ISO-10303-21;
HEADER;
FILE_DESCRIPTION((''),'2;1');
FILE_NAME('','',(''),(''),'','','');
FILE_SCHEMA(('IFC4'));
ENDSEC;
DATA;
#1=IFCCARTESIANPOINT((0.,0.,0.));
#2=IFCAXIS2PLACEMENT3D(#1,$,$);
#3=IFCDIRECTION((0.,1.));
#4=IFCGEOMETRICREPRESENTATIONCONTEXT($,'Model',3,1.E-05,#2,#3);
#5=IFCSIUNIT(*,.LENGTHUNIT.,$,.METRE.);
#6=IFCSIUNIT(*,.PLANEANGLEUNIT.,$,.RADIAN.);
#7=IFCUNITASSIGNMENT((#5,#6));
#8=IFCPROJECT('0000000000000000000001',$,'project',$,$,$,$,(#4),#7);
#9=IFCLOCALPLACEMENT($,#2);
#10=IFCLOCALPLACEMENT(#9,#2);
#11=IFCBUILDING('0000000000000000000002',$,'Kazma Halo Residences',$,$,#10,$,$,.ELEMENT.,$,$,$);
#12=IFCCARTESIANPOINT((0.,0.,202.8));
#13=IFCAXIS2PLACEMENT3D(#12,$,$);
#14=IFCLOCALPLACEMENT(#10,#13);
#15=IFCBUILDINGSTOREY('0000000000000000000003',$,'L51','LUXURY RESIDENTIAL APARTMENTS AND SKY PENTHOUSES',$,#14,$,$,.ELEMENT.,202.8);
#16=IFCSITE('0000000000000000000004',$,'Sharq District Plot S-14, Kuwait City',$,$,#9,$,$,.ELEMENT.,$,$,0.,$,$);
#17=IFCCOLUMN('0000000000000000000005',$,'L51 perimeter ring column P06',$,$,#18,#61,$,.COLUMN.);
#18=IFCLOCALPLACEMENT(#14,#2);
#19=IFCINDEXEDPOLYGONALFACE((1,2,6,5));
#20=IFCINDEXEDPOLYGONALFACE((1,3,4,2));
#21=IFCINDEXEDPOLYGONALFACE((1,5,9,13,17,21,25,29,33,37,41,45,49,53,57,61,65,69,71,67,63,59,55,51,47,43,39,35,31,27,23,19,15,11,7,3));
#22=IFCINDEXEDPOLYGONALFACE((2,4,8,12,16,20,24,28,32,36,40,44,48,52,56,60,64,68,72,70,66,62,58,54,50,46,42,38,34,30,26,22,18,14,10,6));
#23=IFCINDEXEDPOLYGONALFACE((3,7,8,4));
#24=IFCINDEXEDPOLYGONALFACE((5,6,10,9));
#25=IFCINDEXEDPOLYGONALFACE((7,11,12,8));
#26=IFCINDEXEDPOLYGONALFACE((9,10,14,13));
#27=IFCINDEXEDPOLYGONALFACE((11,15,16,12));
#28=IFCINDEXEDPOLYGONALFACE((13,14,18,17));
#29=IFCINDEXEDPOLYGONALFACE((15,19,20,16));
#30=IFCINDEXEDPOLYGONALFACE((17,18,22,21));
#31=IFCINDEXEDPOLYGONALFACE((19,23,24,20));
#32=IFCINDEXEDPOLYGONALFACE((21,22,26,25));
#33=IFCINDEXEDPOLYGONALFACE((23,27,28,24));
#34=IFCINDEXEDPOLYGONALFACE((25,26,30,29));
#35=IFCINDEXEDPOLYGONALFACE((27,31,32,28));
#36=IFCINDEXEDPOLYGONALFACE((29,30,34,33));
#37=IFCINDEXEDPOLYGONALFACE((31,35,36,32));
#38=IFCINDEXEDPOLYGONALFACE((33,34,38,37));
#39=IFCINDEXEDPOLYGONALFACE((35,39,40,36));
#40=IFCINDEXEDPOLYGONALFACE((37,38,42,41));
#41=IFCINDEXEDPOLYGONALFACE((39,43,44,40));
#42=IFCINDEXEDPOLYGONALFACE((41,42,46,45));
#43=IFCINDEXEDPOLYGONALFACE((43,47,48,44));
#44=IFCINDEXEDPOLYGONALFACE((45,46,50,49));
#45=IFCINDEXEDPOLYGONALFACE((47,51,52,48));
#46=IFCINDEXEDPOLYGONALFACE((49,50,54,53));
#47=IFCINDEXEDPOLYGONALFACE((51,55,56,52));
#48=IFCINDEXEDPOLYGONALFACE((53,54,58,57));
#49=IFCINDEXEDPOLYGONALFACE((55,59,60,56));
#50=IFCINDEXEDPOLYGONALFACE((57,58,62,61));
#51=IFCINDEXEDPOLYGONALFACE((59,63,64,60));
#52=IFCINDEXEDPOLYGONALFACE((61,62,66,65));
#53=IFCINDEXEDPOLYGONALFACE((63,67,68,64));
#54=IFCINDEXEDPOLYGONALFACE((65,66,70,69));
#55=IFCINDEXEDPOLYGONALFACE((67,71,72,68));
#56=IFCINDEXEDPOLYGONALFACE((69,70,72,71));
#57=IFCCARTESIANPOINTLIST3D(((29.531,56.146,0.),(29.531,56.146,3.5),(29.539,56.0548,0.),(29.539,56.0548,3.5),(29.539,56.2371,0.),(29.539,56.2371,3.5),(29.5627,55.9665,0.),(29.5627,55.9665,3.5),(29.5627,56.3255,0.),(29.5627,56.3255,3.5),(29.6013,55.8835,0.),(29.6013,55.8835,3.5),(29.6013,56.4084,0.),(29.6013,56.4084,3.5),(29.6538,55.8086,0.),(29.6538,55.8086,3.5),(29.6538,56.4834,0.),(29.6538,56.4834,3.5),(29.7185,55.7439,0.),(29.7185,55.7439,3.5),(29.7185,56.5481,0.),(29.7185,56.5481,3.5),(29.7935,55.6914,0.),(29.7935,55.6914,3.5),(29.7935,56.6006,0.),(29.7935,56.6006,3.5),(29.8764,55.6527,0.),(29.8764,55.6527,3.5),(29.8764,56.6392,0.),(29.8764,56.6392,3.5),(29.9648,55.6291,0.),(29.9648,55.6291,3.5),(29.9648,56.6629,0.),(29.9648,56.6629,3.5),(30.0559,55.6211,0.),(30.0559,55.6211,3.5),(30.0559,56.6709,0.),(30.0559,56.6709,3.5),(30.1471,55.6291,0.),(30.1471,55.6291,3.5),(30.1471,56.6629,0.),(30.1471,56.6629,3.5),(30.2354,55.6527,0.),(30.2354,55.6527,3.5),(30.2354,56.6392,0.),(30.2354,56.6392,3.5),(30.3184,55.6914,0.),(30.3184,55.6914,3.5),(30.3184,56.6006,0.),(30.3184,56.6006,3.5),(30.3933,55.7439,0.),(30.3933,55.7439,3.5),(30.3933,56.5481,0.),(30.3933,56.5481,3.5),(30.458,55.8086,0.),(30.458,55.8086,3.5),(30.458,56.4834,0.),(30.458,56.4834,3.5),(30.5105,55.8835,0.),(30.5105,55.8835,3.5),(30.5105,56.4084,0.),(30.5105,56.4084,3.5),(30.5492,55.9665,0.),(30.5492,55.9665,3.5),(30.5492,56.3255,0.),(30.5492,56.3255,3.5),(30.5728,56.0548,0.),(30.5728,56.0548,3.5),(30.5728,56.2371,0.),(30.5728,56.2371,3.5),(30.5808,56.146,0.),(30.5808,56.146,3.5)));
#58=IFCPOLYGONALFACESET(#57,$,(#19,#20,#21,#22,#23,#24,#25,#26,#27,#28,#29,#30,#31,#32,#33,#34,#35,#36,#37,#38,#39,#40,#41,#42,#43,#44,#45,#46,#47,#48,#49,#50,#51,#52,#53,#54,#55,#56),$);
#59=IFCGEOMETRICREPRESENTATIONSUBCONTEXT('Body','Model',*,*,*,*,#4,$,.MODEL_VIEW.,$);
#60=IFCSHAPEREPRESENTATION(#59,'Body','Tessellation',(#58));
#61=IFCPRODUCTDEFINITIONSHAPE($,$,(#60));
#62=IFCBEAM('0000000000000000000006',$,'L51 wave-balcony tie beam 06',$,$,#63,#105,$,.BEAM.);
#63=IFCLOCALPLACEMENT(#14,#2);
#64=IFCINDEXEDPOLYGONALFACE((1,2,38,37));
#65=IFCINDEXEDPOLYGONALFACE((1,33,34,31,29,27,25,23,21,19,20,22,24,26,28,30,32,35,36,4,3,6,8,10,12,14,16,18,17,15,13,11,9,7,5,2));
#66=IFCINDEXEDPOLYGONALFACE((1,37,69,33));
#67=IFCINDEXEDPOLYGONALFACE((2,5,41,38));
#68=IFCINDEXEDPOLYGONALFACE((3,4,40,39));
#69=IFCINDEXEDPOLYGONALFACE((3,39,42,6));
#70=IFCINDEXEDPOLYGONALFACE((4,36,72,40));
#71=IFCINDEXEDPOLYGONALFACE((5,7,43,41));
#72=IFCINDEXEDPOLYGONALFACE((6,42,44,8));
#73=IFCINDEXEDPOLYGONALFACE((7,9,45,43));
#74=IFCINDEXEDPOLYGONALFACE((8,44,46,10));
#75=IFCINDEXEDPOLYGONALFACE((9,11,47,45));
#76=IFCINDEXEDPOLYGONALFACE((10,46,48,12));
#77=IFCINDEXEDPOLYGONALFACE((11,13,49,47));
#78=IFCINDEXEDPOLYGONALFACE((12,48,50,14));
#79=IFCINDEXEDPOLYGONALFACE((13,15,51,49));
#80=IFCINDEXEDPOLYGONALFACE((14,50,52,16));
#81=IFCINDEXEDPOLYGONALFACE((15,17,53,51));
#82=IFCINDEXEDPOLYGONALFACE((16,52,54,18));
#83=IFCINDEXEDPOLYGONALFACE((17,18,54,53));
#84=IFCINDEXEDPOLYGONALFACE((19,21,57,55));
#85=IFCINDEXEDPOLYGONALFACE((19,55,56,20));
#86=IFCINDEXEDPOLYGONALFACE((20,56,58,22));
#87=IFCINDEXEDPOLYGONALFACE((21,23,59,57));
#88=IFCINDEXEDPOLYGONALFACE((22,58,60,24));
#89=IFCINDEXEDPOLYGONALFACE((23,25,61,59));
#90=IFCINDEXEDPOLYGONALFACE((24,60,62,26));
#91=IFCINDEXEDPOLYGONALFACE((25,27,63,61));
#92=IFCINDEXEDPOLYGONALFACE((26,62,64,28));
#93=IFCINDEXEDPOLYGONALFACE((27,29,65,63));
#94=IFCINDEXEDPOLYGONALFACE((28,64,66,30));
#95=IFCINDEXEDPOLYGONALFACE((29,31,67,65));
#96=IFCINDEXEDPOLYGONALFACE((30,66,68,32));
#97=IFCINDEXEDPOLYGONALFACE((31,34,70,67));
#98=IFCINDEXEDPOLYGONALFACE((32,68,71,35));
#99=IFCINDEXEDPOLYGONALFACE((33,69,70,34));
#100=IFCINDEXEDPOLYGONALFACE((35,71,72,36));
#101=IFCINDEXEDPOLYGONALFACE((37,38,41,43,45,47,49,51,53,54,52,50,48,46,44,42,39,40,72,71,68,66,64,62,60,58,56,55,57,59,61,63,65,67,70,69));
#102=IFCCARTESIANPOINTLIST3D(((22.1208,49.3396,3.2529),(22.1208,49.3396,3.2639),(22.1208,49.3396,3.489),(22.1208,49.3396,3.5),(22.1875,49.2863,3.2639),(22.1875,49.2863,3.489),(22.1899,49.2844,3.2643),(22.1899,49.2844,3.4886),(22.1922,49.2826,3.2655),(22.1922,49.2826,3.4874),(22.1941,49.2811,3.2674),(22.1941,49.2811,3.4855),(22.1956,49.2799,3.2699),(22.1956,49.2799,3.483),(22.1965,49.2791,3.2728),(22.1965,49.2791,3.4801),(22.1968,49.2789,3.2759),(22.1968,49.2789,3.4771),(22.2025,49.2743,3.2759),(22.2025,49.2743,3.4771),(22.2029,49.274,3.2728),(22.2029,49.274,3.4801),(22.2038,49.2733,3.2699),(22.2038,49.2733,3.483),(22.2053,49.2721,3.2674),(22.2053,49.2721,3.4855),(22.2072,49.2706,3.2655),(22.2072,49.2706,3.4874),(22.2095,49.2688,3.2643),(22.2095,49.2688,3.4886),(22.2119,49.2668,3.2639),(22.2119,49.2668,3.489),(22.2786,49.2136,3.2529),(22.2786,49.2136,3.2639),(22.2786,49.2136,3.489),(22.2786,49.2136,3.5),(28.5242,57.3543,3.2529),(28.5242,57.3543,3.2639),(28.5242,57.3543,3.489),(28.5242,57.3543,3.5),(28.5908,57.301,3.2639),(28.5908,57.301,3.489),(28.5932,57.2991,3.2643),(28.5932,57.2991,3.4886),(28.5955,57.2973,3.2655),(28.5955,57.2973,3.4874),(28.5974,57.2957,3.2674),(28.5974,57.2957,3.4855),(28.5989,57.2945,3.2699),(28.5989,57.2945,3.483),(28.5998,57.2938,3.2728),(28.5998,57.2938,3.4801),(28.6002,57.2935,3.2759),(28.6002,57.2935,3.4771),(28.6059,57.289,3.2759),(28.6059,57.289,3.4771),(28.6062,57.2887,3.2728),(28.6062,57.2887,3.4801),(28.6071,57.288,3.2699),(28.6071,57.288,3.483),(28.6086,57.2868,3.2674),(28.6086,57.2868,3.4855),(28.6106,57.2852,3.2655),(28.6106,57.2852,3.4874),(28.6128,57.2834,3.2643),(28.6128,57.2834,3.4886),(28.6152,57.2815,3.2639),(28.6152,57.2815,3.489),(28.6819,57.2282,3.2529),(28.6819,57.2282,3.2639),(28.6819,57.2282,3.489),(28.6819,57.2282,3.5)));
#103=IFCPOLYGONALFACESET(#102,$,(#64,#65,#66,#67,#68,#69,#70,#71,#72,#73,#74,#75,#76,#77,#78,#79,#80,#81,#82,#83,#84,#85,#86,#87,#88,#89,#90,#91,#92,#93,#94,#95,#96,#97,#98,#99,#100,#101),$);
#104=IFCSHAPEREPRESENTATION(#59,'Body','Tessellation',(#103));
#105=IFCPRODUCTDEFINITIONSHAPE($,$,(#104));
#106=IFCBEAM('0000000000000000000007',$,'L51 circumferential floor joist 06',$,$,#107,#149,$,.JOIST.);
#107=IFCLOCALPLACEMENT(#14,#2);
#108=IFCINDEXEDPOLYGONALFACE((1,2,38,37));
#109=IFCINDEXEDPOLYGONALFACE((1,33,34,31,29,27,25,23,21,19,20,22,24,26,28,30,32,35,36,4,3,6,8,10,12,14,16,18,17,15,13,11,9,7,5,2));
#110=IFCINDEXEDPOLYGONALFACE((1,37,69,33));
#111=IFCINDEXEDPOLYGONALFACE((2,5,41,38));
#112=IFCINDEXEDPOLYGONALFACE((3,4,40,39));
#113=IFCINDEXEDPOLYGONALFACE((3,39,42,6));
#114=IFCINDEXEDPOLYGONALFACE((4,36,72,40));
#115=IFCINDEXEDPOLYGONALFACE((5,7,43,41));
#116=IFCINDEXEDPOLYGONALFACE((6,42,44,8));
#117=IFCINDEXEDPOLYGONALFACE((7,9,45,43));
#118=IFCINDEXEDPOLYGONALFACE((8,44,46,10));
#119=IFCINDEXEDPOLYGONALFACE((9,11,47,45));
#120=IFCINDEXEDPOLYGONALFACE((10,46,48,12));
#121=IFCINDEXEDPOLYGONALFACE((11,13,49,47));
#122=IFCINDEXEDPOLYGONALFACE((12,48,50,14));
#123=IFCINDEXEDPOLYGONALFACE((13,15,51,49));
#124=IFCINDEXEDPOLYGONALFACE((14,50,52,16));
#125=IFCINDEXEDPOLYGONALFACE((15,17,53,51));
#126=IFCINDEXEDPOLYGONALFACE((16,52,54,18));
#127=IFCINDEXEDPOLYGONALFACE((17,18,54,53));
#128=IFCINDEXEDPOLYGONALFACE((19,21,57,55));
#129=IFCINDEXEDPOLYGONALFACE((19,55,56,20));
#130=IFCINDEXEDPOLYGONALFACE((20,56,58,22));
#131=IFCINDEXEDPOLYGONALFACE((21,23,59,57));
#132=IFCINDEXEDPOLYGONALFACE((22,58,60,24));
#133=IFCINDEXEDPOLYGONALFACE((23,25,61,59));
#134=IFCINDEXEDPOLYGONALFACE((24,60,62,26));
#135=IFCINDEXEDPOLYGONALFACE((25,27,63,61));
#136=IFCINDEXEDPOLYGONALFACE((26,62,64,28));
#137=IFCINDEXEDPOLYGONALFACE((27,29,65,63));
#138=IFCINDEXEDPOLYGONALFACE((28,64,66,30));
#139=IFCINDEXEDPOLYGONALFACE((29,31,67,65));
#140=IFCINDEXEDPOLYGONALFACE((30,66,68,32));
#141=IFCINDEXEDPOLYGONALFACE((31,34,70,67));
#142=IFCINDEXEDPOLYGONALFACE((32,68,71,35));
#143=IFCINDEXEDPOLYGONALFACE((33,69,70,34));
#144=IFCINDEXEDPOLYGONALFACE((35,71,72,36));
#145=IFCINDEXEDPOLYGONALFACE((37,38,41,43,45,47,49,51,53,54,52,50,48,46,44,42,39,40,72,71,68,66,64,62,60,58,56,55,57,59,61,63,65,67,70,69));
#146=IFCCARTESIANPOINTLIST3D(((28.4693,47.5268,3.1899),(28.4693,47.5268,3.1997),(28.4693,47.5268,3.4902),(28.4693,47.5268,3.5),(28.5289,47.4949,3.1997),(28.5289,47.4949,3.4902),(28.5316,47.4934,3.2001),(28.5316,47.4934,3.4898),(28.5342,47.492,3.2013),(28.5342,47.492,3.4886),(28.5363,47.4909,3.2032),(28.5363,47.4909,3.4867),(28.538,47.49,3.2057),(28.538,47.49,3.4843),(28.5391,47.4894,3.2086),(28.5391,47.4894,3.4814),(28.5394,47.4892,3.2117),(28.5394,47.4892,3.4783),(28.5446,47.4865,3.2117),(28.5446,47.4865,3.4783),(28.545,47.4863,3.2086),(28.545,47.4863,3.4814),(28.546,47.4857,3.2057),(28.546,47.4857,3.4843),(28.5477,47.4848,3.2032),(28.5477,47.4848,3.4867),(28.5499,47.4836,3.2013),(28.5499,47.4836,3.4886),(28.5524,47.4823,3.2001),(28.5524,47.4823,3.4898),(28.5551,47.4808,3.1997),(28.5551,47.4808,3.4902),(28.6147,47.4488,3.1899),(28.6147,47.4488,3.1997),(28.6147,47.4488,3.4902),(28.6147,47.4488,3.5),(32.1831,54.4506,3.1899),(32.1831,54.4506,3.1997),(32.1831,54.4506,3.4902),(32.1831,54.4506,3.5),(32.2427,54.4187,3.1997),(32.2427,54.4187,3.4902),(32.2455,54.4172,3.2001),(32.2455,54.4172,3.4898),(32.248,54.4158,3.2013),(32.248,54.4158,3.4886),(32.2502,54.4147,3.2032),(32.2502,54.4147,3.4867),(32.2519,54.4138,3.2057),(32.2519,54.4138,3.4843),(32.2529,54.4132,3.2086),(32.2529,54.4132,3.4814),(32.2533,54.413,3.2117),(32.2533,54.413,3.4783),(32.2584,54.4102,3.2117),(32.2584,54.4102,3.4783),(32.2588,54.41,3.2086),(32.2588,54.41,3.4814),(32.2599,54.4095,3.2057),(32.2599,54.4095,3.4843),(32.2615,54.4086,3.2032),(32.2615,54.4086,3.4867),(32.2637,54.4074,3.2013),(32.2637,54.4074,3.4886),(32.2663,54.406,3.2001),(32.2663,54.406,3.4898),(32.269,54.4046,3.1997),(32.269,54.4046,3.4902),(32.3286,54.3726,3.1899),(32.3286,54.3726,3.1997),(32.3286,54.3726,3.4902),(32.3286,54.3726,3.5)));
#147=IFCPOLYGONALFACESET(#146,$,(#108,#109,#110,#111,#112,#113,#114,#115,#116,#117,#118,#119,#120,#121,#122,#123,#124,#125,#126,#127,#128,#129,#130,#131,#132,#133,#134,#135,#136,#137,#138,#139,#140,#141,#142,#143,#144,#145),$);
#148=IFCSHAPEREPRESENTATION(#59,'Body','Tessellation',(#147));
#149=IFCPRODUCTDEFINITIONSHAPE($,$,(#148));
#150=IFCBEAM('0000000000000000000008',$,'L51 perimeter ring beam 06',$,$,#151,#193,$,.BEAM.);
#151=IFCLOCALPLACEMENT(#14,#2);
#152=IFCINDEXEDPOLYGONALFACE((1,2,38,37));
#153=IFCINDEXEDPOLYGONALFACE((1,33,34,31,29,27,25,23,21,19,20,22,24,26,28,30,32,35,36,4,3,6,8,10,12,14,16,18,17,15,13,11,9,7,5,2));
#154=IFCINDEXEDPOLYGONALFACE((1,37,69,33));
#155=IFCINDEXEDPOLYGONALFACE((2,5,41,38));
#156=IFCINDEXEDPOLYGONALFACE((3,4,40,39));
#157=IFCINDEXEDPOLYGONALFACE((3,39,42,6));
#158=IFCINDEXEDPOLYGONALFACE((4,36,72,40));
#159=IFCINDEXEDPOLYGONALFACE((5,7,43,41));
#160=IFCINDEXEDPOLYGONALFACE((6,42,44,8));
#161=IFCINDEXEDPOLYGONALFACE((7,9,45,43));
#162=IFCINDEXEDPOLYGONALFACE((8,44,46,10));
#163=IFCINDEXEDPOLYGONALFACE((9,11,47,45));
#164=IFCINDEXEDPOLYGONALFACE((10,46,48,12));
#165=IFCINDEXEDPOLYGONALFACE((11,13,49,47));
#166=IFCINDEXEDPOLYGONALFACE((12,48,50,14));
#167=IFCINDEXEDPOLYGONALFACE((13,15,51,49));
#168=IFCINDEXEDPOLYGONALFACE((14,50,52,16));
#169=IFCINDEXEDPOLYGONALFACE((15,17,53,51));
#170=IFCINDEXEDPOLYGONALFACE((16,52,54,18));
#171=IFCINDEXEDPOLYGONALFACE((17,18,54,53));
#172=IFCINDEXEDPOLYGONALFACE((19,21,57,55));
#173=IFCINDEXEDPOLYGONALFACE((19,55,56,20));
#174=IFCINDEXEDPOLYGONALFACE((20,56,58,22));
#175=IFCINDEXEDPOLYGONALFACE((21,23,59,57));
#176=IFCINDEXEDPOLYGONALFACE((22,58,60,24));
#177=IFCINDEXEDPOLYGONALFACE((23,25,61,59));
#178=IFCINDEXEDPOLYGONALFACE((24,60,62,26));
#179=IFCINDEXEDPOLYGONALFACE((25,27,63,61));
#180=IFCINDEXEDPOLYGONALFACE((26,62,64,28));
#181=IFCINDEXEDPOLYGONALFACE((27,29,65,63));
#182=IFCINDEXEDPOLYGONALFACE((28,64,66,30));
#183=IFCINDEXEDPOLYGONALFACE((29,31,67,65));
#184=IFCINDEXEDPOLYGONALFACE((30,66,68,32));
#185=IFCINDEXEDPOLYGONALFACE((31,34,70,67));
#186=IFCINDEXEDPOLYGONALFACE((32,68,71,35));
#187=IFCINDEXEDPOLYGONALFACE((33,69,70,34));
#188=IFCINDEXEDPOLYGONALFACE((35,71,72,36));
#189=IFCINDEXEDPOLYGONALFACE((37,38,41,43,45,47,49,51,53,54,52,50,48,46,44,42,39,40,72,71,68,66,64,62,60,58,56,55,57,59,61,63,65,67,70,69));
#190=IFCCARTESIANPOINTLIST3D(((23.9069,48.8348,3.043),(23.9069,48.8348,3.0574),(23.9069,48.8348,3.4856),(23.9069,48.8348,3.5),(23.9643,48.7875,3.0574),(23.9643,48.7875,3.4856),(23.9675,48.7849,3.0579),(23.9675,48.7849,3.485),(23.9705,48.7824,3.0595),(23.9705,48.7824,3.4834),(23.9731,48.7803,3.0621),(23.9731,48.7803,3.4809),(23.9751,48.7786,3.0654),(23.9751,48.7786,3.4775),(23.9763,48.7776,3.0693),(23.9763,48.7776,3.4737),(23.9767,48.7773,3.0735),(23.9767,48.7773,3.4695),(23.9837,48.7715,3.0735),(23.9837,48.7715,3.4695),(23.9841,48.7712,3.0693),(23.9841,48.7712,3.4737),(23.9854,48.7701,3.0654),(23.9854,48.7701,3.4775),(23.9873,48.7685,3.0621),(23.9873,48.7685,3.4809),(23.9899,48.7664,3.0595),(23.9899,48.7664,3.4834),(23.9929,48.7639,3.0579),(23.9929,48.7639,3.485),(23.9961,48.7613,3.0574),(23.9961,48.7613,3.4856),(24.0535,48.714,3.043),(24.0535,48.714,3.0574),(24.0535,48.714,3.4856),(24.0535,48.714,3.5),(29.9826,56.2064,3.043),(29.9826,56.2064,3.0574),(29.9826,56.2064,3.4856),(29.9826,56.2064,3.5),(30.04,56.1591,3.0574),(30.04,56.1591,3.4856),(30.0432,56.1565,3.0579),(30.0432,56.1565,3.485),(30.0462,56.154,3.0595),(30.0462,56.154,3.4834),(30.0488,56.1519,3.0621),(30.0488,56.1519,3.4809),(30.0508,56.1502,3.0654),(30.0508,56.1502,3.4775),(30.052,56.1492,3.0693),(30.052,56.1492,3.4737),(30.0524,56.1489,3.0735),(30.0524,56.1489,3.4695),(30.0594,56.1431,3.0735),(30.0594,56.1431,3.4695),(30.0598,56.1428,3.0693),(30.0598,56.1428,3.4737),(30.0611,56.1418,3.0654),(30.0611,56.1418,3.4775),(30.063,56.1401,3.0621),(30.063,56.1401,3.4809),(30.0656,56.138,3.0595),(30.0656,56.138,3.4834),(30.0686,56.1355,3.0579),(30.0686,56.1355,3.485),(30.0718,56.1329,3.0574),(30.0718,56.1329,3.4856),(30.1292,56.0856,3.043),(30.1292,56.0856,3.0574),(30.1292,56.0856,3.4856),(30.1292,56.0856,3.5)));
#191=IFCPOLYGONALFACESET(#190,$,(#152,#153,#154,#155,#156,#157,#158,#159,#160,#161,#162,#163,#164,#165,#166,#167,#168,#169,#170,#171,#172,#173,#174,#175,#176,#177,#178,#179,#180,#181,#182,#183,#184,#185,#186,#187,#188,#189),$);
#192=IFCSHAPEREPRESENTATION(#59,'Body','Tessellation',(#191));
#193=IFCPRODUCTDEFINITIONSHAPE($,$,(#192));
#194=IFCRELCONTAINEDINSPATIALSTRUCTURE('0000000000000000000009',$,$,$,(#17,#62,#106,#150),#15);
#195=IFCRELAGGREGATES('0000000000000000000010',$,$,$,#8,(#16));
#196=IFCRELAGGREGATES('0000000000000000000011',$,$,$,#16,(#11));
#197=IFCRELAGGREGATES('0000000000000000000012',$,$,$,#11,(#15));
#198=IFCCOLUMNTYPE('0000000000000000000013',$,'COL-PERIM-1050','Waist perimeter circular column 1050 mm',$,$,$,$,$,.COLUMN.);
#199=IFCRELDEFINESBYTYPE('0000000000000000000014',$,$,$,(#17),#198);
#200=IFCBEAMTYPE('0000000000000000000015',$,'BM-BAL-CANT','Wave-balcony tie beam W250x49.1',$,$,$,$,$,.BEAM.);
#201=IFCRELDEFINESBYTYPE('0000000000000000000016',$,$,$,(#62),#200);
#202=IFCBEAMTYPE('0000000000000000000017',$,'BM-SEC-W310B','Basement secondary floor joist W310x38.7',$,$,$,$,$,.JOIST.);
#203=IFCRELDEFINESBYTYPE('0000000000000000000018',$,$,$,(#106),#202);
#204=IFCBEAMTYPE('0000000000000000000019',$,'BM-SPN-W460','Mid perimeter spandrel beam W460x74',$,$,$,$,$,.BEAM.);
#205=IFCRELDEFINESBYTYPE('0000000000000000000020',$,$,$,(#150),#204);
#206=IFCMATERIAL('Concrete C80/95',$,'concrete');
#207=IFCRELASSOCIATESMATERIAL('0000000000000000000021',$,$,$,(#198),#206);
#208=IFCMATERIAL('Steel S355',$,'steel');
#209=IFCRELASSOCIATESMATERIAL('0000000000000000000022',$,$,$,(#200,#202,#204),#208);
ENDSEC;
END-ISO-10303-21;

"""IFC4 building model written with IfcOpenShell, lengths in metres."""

from ifc_helpers import new_model, si_unit, direction, frame, origin, origin_2d, place, context, subcontext, project, spatial, circle, i_section, extrude, material, material_profile, profile_set, type_object, element, save


model = new_model("IFC4")

# Units and contexts
model_context = context("Model", 3, precision=1e-05, world=origin(), true_north=direction((0.0, 1.0)))
body_context = subcontext(model_context, "Body", "Model", "MODEL_VIEW")
ifc_project = project(units=[si_unit("LENGTHUNIT", "METRE"), si_unit("PLANEANGLEUNIT", "RADIAN")], contexts=[model_context])

# Site, building, storey
site_placement = place(None, origin())
site = spatial("IfcSite", under=ifc_project, at=site_placement, Name="Sharq District Plot S-14, Kuwait City", CompositionType="ELEMENT", RefElevation=0.0)
building_placement = place(site_placement, origin())
building = spatial("IfcBuilding", under=site, at=building_placement, Name="Kazma Halo Residences", CompositionType="ELEMENT")
storey_placement = place(building_placement, frame((0.0, 0.0, 202.8)))
storey = spatial("IfcBuildingStorey", under=building, at=storey_placement, Name="L51", Description="LUXURY RESIDENTIAL APARTMENTS AND SKY PENTHOUSES", CompositionType="ELEMENT", Elevation=202.8)

# Column
ifc_material_1 = material(Name="Concrete C80/95", Category="concrete")
ifc_material_profile_1 = material_profile(ifc_material_1, circle(Radius=0.5249, at=origin_2d()), Name="CIRC1050")
ifc_profile_set_1 = profile_set([ifc_material_profile_1], Name="Concrete C80/95")
column_type = type_object("IfcColumnType", Name="COL-PERIM-1050", Description="Waist perimeter circular column 1050 mm", PredefinedType="COLUMN", material=ifc_profile_set_1)
column_placement = place(storey_placement, frame((30.0559, 56.146, 0.0), z_axis=(0.0, 0.0, 1.0), x_axis=(1.0, 0.0, 0.0)))
element("IfcColumn", 1, at=column_placement, inside=storey, type_object=column_type, Name="L51 perimeter ring column P06", PredefinedType="COLUMN", context=body_context, shape_type="SweptSolid", body=[
    extrude(circle(Radius=0.5249, at=origin_2d()), origin(), (0.0, 0.0, 1.0), 3.5),
])

# Beams
ifc_material_2 = material(Name="Steel S355", Category="steel")
ifc_material_profile_2 = material_profile(ifc_material_2, i_section(OverallWidth=0.2019, OverallDepth=0.2471, WebThickness=0.0073, FlangeThickness=0.011, FilletRadius=0.012, at=origin_2d()), Name="W250x49.1")
ifc_profile_set_2 = profile_set([ifc_material_profile_2], Name="Steel S355")
beam_type_1 = type_object("IfcBeamType", Name="BM-BAL-CANT", Description="Wave-balcony tie beam W250x49.1", PredefinedType="BEAM", material=ifc_profile_set_2)
beam_1_placement = place(storey_placement, frame((28.603, 57.2913, 3.3765), z_axis=(-0.624196, -0.781268, 0.0), x_axis=(0.781268, -0.624196, 0.0)))
element("IfcBeam", 2, at=beam_1_placement, inside=storey, type_object=beam_type_1, Name="L51 wave-balcony tie beam 06", PredefinedType="BEAM", context=body_context, shape_type="SweptSolid", body=[
    extrude(i_section(OverallWidth=0.2019, OverallDepth=0.2471, WebThickness=0.0073, FlangeThickness=0.011, FilletRadius=0.012, at=origin_2d()), origin(), (0.0, 0.0, 1.0), 10.2585),
])
ifc_material_profile_3 = material_profile(ifc_material_2, i_section(OverallWidth=0.165, OverallDepth=0.3101, WebThickness=0.0059, FlangeThickness=0.0098, FilletRadius=0.012, at=origin_2d()), Name="W310x38.7")
ifc_profile_set_3 = profile_set([ifc_material_profile_3], Name="Steel S355")
beam_type_2 = type_object("IfcBeamType", Name="BM-SEC-W310B", Description="Basement secondary floor joist W310x38.7", PredefinedType="JOIST", material=ifc_profile_set_3)
beam_2_placement = place(storey_placement, frame((32.2559, 54.4116, 3.345), z_axis=(-0.472684, -0.881232, 0.0), x_axis=(0.881232, -0.472684, 0.0)))
element("IfcBeam", 3, at=beam_2_placement, inside=storey, type_object=beam_type_2, Name="L51 circumferential floor joist 06", PredefinedType="JOIST", context=body_context, shape_type="SweptSolid", body=[
    extrude(i_section(OverallWidth=0.165, OverallDepth=0.3101, WebThickness=0.0059, FlangeThickness=0.0098, FilletRadius=0.012, at=origin_2d()), origin(), (0.0, 0.0, 1.0), 7.8569),
])
ifc_material_profile_4 = material_profile(ifc_material_2, i_section(OverallWidth=0.1899, OverallDepth=0.457, WebThickness=0.009, FlangeThickness=0.0144, FilletRadius=0.0161, at=origin_2d()), Name="W460x74")
ifc_profile_set_4 = profile_set([ifc_material_profile_4], Name="Steel S355")
beam_type_3 = type_object("IfcBeamType", Name="BM-SPN-W460", Description="Mid perimeter spandrel beam W460x74", PredefinedType="BEAM", material=ifc_profile_set_4)
beam_3_placement = place(storey_placement, frame((30.0559, 56.146, 3.2715), z_axis=(-0.636017, -0.771675, 0.0), x_axis=(0.771675, -0.636017, 0.0)))
element("IfcBeam", 4, at=beam_3_placement, inside=storey, type_object=beam_type_3, Name="L51 perimeter ring beam 06", PredefinedType="BEAM", context=body_context, shape_type="SweptSolid", body=[
    extrude(i_section(OverallWidth=0.1899, OverallDepth=0.457, WebThickness=0.009, FlangeThickness=0.0144, FilletRadius=0.0161, at=origin_2d()), origin(), (0.0, 0.0, 1.0), 9.5527),
])

save(model, "model.ifc")
